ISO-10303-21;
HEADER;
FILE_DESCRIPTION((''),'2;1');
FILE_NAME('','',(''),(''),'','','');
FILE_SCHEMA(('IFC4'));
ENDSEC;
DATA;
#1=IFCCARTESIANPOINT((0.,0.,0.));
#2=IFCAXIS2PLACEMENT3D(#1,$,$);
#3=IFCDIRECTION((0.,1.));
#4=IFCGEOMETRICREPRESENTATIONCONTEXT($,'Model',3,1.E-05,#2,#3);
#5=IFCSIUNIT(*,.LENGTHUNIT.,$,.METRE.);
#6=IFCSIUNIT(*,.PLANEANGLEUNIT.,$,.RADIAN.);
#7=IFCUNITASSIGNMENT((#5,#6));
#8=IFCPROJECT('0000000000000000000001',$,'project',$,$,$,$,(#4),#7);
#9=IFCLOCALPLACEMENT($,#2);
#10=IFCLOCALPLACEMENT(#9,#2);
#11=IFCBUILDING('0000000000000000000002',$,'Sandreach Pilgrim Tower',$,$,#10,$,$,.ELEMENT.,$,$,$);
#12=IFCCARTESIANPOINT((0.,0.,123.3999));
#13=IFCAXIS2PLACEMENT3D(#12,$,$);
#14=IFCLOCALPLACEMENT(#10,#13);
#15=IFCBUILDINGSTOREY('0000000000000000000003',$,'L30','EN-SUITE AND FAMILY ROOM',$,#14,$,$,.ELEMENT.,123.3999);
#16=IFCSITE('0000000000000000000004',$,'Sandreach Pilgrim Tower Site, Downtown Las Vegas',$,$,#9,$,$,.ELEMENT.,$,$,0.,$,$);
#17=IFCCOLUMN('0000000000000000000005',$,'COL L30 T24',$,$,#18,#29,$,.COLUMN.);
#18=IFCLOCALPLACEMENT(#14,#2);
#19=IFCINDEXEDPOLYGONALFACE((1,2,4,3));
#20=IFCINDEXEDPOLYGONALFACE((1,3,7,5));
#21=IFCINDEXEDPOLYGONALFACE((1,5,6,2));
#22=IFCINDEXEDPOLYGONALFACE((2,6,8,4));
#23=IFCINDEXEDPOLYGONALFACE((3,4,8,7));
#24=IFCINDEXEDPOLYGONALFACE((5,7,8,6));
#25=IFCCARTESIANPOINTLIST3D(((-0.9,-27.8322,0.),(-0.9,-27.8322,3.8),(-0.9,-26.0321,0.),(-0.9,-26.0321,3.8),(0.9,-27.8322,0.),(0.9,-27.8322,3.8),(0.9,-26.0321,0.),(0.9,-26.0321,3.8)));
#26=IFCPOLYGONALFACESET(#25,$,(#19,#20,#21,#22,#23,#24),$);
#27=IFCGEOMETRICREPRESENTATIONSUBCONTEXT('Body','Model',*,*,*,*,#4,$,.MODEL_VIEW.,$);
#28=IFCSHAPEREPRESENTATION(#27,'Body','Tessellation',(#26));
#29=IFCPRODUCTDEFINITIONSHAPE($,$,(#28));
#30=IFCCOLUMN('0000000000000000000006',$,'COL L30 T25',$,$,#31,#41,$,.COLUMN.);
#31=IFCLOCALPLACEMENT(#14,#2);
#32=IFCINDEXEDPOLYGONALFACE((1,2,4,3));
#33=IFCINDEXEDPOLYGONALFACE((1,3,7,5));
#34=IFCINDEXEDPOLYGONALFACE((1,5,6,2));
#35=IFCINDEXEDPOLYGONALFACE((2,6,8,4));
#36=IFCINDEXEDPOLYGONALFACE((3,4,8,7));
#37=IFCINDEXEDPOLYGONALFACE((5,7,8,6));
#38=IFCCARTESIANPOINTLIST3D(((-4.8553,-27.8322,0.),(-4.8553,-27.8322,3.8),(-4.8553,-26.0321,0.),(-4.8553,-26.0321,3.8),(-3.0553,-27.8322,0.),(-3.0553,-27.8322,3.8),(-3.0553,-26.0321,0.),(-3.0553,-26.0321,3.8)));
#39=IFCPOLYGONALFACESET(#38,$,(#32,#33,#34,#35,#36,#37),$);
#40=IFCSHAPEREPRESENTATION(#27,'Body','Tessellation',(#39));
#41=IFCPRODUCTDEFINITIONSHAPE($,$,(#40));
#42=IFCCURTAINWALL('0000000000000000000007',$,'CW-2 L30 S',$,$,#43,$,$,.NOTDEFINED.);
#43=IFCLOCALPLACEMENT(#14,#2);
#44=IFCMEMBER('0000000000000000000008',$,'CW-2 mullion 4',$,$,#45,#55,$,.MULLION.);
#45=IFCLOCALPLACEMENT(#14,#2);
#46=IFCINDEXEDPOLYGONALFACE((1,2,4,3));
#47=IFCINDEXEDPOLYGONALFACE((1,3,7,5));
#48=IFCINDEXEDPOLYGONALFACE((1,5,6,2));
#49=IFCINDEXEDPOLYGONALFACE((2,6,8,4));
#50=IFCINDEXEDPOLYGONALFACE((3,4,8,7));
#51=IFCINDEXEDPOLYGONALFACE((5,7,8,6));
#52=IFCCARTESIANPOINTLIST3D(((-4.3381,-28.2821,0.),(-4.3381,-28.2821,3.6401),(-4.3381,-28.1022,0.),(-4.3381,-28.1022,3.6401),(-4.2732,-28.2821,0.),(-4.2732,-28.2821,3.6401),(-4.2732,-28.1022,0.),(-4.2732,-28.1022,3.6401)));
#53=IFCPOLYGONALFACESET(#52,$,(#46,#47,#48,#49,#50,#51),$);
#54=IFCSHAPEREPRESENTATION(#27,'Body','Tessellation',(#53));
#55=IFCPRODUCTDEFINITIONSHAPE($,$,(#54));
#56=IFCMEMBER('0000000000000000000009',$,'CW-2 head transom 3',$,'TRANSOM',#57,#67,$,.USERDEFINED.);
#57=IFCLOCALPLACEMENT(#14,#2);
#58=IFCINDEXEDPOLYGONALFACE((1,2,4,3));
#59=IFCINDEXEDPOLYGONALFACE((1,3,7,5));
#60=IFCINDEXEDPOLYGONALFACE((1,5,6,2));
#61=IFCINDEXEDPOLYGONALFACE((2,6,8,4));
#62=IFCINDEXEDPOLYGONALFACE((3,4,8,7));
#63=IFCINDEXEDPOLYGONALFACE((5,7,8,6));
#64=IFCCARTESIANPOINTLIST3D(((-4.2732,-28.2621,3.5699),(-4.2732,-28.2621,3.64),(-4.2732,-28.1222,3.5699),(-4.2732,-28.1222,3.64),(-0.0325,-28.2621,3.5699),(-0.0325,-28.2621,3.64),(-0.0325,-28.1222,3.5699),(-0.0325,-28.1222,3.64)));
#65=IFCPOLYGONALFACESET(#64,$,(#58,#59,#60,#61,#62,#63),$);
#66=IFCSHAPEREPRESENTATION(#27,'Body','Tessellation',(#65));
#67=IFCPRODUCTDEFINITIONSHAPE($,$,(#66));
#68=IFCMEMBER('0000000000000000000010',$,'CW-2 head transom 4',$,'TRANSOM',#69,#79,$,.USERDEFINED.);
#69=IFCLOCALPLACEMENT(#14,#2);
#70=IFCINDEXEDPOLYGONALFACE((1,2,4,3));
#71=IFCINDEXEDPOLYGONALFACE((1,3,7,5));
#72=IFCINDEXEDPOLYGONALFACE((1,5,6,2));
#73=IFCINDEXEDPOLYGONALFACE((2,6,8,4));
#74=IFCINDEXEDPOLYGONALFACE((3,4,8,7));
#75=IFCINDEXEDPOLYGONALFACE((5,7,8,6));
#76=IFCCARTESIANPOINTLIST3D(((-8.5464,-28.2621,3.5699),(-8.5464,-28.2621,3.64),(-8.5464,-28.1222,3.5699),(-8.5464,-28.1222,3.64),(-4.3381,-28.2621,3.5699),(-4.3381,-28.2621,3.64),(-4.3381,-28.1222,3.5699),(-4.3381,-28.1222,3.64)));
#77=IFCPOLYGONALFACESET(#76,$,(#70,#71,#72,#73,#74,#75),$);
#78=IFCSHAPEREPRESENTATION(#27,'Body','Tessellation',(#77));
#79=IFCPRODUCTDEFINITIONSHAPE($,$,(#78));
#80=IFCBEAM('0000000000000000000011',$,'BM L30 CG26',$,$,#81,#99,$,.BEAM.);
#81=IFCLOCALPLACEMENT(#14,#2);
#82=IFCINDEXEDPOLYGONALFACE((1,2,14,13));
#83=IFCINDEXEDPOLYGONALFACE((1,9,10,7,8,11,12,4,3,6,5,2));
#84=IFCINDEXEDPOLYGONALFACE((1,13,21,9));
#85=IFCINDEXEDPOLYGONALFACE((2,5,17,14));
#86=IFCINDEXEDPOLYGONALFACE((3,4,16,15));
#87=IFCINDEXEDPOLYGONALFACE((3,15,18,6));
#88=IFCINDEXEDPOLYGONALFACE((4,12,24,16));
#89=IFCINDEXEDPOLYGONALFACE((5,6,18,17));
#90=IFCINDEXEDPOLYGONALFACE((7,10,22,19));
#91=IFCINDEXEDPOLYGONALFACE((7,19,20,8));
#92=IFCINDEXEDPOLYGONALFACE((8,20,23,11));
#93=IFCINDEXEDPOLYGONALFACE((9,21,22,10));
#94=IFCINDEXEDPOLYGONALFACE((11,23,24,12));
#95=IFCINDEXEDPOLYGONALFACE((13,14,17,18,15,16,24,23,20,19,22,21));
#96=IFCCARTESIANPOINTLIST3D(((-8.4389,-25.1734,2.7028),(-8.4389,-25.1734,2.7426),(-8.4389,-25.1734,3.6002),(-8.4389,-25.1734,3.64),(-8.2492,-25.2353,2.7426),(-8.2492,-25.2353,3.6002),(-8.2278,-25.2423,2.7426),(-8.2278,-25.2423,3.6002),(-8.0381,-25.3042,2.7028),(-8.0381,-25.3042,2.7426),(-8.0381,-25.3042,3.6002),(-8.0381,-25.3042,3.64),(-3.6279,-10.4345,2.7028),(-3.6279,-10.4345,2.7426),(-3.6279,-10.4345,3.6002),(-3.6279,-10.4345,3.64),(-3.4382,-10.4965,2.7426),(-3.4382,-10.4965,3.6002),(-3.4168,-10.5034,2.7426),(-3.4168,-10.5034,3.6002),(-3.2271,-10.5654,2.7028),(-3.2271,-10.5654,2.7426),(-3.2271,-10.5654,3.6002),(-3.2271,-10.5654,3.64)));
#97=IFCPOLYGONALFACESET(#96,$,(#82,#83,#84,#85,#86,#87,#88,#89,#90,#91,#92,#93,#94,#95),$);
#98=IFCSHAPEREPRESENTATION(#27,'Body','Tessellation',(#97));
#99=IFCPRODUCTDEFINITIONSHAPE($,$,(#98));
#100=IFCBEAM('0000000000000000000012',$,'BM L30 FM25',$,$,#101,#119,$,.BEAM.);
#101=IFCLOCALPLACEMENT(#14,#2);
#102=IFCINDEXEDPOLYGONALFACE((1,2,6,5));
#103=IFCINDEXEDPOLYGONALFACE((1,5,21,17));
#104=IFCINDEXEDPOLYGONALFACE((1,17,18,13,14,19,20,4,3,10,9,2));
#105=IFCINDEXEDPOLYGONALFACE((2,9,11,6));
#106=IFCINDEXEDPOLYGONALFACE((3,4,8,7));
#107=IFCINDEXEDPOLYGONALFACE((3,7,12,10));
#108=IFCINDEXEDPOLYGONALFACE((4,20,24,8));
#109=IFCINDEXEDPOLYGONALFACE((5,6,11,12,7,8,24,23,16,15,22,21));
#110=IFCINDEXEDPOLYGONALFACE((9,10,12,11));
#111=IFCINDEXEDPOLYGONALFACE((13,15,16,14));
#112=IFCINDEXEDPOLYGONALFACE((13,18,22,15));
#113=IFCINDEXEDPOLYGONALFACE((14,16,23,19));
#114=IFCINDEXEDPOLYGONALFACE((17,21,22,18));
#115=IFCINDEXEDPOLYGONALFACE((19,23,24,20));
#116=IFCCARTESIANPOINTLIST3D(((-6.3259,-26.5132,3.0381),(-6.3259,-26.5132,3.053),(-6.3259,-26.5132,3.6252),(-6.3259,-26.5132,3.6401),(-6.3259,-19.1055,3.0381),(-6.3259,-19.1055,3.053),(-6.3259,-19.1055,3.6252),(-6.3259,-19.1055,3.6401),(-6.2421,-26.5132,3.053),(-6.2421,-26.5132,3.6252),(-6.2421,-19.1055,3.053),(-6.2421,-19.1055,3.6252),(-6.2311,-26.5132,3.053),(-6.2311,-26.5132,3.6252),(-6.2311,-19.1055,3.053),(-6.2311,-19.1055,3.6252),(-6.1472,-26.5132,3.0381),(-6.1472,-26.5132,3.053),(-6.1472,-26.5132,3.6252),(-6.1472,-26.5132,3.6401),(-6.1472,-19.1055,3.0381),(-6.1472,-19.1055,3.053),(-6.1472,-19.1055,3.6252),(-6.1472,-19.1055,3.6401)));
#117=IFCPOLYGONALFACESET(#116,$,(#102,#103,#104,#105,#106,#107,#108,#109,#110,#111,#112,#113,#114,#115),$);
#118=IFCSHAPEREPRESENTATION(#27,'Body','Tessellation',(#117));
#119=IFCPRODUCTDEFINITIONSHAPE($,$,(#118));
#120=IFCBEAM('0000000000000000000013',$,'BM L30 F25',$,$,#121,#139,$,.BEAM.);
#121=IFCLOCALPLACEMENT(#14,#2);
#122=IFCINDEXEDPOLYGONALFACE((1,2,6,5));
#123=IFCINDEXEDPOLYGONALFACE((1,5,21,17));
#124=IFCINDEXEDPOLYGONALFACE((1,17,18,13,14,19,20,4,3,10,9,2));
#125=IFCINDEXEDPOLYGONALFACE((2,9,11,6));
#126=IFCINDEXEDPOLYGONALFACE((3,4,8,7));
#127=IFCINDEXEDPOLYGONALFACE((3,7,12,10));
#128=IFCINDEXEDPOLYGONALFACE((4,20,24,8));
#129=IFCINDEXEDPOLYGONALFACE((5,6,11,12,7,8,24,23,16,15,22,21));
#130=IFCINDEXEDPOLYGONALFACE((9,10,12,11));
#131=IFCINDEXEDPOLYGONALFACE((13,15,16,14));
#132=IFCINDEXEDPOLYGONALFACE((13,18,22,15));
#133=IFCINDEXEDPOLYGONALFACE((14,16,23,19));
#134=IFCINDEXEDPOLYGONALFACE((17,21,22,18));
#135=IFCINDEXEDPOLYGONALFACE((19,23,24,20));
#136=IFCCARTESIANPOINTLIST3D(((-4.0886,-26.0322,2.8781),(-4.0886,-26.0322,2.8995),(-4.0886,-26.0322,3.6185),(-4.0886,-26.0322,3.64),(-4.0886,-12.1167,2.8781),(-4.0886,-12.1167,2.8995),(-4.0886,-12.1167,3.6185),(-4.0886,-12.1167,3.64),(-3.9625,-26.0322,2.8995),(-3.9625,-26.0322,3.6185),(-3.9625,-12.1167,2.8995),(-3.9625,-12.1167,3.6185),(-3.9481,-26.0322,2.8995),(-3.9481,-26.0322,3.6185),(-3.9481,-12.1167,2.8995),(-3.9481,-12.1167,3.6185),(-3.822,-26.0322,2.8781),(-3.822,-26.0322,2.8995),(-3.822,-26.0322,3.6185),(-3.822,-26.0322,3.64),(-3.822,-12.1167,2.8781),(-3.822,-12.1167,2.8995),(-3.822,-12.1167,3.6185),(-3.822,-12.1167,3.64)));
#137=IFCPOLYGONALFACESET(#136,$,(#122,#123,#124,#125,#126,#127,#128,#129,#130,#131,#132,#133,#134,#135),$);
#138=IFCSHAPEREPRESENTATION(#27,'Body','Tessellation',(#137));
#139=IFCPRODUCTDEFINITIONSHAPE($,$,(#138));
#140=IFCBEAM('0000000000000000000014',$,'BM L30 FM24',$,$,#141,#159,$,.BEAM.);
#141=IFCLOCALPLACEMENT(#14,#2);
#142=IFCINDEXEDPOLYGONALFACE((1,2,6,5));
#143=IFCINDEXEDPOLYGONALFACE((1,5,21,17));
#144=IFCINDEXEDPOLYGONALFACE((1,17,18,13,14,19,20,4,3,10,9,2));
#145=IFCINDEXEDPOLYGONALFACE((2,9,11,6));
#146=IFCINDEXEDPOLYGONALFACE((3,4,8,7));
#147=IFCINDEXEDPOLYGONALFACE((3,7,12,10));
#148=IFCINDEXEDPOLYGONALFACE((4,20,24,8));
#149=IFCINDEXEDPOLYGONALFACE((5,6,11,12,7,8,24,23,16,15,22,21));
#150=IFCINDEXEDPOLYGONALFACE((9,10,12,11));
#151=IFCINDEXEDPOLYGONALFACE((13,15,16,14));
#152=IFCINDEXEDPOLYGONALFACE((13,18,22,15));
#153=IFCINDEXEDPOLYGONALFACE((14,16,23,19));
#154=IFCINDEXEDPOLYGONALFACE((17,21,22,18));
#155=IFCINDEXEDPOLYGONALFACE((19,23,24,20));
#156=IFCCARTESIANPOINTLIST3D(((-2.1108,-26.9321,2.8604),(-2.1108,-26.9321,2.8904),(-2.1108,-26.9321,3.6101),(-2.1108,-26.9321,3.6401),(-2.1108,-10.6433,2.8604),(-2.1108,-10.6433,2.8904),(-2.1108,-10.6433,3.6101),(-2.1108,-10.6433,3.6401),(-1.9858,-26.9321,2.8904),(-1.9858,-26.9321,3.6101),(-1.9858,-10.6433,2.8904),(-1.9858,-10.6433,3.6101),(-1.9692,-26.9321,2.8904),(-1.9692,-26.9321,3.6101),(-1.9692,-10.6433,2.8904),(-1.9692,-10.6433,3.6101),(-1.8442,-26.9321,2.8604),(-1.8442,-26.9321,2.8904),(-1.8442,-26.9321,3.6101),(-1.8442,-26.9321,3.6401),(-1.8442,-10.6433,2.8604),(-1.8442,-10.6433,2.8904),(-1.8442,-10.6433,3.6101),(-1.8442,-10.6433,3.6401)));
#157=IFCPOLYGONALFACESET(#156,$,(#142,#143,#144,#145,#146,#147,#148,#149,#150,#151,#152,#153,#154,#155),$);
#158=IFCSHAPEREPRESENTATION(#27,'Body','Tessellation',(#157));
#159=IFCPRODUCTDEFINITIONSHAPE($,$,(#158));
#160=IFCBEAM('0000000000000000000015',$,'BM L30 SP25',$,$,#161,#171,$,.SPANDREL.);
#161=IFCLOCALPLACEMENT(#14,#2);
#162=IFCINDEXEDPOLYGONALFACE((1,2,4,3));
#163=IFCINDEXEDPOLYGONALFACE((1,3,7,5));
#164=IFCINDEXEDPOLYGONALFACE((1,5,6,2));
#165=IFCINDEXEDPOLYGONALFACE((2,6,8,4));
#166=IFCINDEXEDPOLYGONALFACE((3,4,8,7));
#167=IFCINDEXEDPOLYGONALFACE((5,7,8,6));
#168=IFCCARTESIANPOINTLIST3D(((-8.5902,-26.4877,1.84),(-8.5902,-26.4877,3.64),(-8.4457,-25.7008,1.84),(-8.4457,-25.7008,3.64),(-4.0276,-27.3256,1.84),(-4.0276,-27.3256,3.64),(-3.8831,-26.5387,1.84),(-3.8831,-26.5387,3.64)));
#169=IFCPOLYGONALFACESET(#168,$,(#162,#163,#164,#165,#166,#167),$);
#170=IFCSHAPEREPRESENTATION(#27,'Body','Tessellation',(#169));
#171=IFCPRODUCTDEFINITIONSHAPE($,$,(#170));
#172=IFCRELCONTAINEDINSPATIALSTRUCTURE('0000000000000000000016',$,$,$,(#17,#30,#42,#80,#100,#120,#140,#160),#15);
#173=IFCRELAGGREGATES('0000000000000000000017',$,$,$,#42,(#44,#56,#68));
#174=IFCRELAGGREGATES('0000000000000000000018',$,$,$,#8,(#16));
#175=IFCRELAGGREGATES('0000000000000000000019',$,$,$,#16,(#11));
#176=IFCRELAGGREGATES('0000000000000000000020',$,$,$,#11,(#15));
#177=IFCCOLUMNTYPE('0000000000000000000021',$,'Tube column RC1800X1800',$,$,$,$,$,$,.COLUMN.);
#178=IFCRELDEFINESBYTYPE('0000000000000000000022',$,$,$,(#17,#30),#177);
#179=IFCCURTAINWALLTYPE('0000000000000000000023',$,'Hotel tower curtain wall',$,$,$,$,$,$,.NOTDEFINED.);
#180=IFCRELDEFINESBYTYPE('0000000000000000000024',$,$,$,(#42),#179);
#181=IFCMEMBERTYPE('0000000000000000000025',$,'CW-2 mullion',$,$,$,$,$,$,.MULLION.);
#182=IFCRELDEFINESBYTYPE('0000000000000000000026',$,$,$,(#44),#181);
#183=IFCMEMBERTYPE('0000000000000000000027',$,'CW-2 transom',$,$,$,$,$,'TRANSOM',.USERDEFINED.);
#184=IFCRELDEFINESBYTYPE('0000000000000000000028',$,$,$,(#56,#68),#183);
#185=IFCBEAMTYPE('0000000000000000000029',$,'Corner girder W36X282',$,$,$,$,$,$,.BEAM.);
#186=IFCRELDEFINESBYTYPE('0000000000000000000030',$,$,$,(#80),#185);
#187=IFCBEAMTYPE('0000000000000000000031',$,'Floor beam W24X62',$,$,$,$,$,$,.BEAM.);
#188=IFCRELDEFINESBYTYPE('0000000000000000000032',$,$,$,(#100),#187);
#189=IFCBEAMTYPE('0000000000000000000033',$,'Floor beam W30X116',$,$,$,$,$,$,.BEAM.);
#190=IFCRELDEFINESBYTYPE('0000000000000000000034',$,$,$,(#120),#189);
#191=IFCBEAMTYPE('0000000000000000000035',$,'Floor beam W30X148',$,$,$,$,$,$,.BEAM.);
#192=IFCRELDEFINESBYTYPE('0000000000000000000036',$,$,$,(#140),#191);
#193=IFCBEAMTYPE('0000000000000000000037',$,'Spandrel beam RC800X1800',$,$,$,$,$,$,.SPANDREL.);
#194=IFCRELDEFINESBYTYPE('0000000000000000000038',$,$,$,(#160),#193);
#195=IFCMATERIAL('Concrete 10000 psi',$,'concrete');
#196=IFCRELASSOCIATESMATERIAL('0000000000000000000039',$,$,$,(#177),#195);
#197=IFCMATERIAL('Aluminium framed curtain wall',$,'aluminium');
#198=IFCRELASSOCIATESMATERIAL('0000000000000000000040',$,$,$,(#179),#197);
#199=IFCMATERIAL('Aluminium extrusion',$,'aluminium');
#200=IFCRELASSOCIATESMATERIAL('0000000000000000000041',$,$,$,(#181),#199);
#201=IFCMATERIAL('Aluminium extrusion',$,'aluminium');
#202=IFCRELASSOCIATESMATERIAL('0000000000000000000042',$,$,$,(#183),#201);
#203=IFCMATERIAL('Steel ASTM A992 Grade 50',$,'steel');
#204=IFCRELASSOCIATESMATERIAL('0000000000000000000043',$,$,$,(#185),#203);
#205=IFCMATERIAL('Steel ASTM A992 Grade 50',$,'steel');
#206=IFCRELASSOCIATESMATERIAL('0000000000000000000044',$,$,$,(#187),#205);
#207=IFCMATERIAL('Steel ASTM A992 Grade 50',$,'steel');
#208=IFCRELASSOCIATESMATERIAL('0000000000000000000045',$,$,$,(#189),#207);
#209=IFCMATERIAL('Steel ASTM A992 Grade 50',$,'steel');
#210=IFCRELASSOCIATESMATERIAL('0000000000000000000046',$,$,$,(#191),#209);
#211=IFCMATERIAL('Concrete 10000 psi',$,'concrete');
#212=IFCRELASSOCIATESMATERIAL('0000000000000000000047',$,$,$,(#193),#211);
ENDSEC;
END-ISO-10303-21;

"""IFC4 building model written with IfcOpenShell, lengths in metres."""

from ifc_helpers import new_model, si_unit, direction, frame, origin, origin_2d, place, context, subcontext, project, spatial, rectangle, i_section, extrude, material, material_profile, profile_set, type_object, element, aggregate, save


model = new_model("IFC4")

# Units and contexts
model_context = context("Model", 3, precision=1e-05, world=origin(), true_north=direction((0.0, 1.0)))
body_context = subcontext(model_context, "Body", "Model", "MODEL_VIEW")
ifc_project = project(units=[si_unit("LENGTHUNIT", "METRE"), si_unit("PLANEANGLEUNIT", "RADIAN")], contexts=[model_context])

# Site, building, storey
site_placement = place(None, origin())
site = spatial("IfcSite", under=ifc_project, at=site_placement, Name="Sandreach Pilgrim Tower Site, Downtown Las Vegas", CompositionType="ELEMENT", RefElevation=0.0)
building_placement = place(site_placement, origin())
building = spatial("IfcBuilding", under=site, at=building_placement, Name="Sandreach Pilgrim Tower", CompositionType="ELEMENT")
storey_placement = place(building_placement, frame((0.0, 0.0, 123.3999)))
storey = spatial("IfcBuildingStorey", under=building, at=storey_placement, Name="L30", Description="EN-SUITE AND FAMILY ROOM", CompositionType="ELEMENT", Elevation=123.3999)

# Columns
ifc_material_1 = material(Name="Concrete 10000 psi", Category="concrete")
ifc_material_profile_1 = material_profile(ifc_material_1, rectangle(XDim=1.8, YDim=1.8, at=origin_2d()), Name="RC1800X1800")
ifc_profile_set_1 = profile_set([ifc_material_profile_1], Name="Concrete 10000 psi")
column_type = type_object("IfcColumnType", Name="Tube column RC1800X1800", PredefinedType="COLUMN", material=ifc_profile_set_1)
for number, where, z_axis, x_axis, name in (
    (1, (0.0, -26.9321, 0.0), (0.0, 0.0, 1.0), (0.0, -1.0, 0.0), "COL L30 T24"),
    (2, (-3.9553, -26.9321, 0.0), (0.0, 0.0, 1.0), (0.0, -1.0, 0.0), "COL L30 T25"),
):
    element("IfcColumn", number, at=place(storey_placement, frame(where, z_axis=z_axis, x_axis=x_axis)), inside=storey, type_object=column_type, Name=name, PredefinedType="COLUMN", context=body_context, shape_type="SweptSolid", body=[
        extrude(rectangle(XDim=1.8, YDim=1.8, at=origin_2d()), origin(), (0.0, 0.0, 1.0), 3.8),
    ])

# Curtain wall, members
ifc_material_2 = material(Name="Aluminium framed curtain wall", Category="aluminium")
curtain_wall_type = type_object("IfcCurtainWallType", Name="Hotel tower curtain wall", PredefinedType="NOTDEFINED", material=ifc_material_2)
curtain_wall_placement = place(storey_placement, origin())
curtain_wall = element("IfcCurtainWall", 3, at=curtain_wall_placement, inside=storey, type_object=curtain_wall_type, Name="CW-2 L30 S", PredefinedType="NOTDEFINED")
ifc_material_3 = material(Name="Aluminium extrusion", Category="aluminium")
ifc_material_profile_2 = material_profile(ifc_material_3, rectangle(XDim=0.0649, YDim=0.1799, at=origin_2d()), Name="CW-2M 65X180")
ifc_profile_set_2 = profile_set([ifc_material_profile_2], Name="Aluminium extrusion")
member_type_1 = type_object("IfcMemberType", Name="CW-2 mullion", PredefinedType="MULLION", material=ifc_profile_set_2)
member_1_placement = place(storey_placement, frame((-4.3057, -28.1921, 0.0), z_axis=(0.0, 0.0, 1.0), x_axis=(-1.0, 0.0, 0.0)))
member_1 = element("IfcMember", 4, at=member_1_placement, type_object=member_type_1, Name="CW-2 mullion 4", PredefinedType="MULLION", context=body_context, shape_type="SweptSolid", body=[
    extrude(rectangle(XDim=0.0649, YDim=0.1799, at=origin_2d()), origin(), (0.0, 0.0, 1.0), 3.6401),
])
ifc_material_4 = material(Name="Aluminium extrusion", Category="aluminium")
ifc_material_profile_3 = material_profile(ifc_material_4, rectangle(XDim=0.1399, YDim=0.0701, at=origin_2d()), Name="CW-2T 140X70")
ifc_profile_set_3 = profile_set([ifc_material_profile_3], Name="Aluminium extrusion")
member_type_2 = type_object("IfcMemberType", Name="CW-2 transom", ElementType="TRANSOM", PredefinedType="USERDEFINED", material=ifc_profile_set_3)
member_2_placement = place(storey_placement, frame((-0.0325, -28.1921, 3.605), z_axis=(-1.0, 0.0, 0.0), x_axis=(0.0, -1.0, 0.0)))
member_2 = element("IfcMember", 5, at=member_2_placement, type_object=member_type_2, Name="CW-2 head transom 3", ObjectType="TRANSOM", PredefinedType="USERDEFINED", context=body_context, shape_type="SweptSolid", body=[
    extrude(rectangle(XDim=0.1399, YDim=0.0701, at=origin_2d()), origin(), (0.0, 0.0, 1.0), 4.2407),
])
member_3_placement = place(storey_placement, frame((-4.3381, -28.1921, 3.605), z_axis=(-1.0, 0.0, 0.0), x_axis=(0.0, -1.0, 0.0)))
member_3 = element("IfcMember", 6, at=member_3_placement, type_object=member_type_2, Name="CW-2 head transom 4", ObjectType="TRANSOM", PredefinedType="USERDEFINED", context=body_context, shape_type="SweptSolid", body=[
    extrude(rectangle(XDim=0.1399, YDim=0.0701, at=origin_2d()), origin(), (0.0, 0.0, 1.0), 4.2083),
])

# Beams
ifc_material_5 = material(Name="Steel ASTM A992 Grade 50", Category="steel")
ifc_material_profile_4 = material_profile(ifc_material_5, i_section(OverallWidth=0.4216, OverallDepth=0.9373, WebThickness=0.0225, FlangeThickness=0.0398, at=origin_2d()), Name="W36X282")
ifc_profile_set_4 = profile_set([ifc_material_profile_4], Name="Steel ASTM A992 Grade 50")
beam_type_1 = type_object("IfcBeamType", Name="Corner girder W36X282", PredefinedType="BEAM", material=ifc_profile_set_4)
beam_1_placement = place(storey_placement, frame((-8.2385, -25.2388, 3.1714), z_axis=(0.310307, 0.950636, 0.0), x_axis=(-0.950636, 0.310307, 0.0)))
element("IfcBeam", 7, at=beam_1_placement, inside=storey, type_object=beam_type_1, Name="BM L30 CG26", PredefinedType="BEAM", context=body_context, shape_type="SweptSolid", body=[
    extrude(i_section(OverallWidth=0.4216, OverallDepth=0.9373, WebThickness=0.0225, FlangeThickness=0.0398, at=origin_2d()), origin(), (0.0, 0.0, 1.0), 15.5042),
])
ifc_material_6 = material(Name="Steel ASTM A992 Grade 50", Category="steel")
ifc_material_profile_5 = material_profile(ifc_material_6, i_section(OverallWidth=0.1787, OverallDepth=0.6021, WebThickness=0.011, FlangeThickness=0.0149, at=origin_2d()), Name="W24X62")
ifc_profile_set_5 = profile_set([ifc_material_profile_5], Name="Steel ASTM A992 Grade 50")
beam_type_2 = type_object("IfcBeamType", Name="Floor beam W24X62", PredefinedType="BEAM", material=ifc_profile_set_5)
beam_2_placement = place(storey_placement, frame((-6.2366, -26.5132, 3.3391), z_axis=(0.0, 1.0, 0.0), x_axis=(-1.0, 0.0, 0.0)))
element("IfcBeam", 8, at=beam_2_placement, inside=storey, type_object=beam_type_2, Name="BM L30 FM25", PredefinedType="BEAM", context=body_context, shape_type="SweptSolid", body=[
    extrude(i_section(OverallWidth=0.1787, OverallDepth=0.6021, WebThickness=0.011, FlangeThickness=0.0149, at=origin_2d()), origin(), (0.0, 0.0, 1.0), 7.4077),
])
ifc_material_7 = material(Name="Steel ASTM A992 Grade 50", Category="steel")
ifc_material_profile_6 = material_profile(ifc_material_7, i_section(OverallWidth=0.2666, OverallDepth=0.762, WebThickness=0.0144, FlangeThickness=0.0215, at=origin_2d()), Name="W30X116")
ifc_profile_set_6 = profile_set([ifc_material_profile_6], Name="Steel ASTM A992 Grade 50")
beam_type_3 = type_object("IfcBeamType", Name="Floor beam W30X116", PredefinedType="BEAM", material=ifc_profile_set_6)
beam_3_placement = place(storey_placement, frame((-3.9553, -26.0322, 3.259), z_axis=(0.0, 1.0, 0.0), x_axis=(-1.0, 0.0, 0.0)))
element("IfcBeam", 9, at=beam_3_placement, inside=storey, type_object=beam_type_3, Name="BM L30 F25", PredefinedType="BEAM", context=body_context, shape_type="SweptSolid", body=[
    extrude(i_section(OverallWidth=0.2666, OverallDepth=0.762, WebThickness=0.0144, FlangeThickness=0.0215, at=origin_2d()), origin(), (0.0, 0.0, 1.0), 13.9155),
])
ifc_material_8 = material(Name="Steel ASTM A992 Grade 50", Category="steel")
ifc_material_profile_7 = material_profile(ifc_material_8, i_section(OverallWidth=0.2666, OverallDepth=0.7798, WebThickness=0.0166, FlangeThickness=0.03, at=origin_2d()), Name="W30X148")
ifc_profile_set_7 = profile_set([ifc_material_profile_7], Name="Steel ASTM A992 Grade 50")
beam_type_4 = type_object("IfcBeamType", Name="Floor beam W30X148", PredefinedType="BEAM", material=ifc_profile_set_7)
beam_4_placement = place(storey_placement, frame((-1.9775, -26.9321, 3.2502), z_axis=(0.0, 1.0, 0.0), x_axis=(-1.0, 0.0, 0.0)))
element("IfcBeam", 10, at=beam_4_placement, inside=storey, type_object=beam_type_4, Name="BM L30 FM24", PredefinedType="BEAM", context=body_context, shape_type="SweptSolid", body=[
    extrude(i_section(OverallWidth=0.2666, OverallDepth=0.7798, WebThickness=0.0166, FlangeThickness=0.03, at=origin_2d()), origin(), (0.0, 0.0, 1.0), 16.2888),
])
ifc_material_9 = material(Name="Concrete 10000 psi", Category="concrete")
ifc_material_profile_8 = material_profile(ifc_material_9, rectangle(XDim=0.8, YDim=1.8, at=origin_2d()), Name="RC800X1800")
ifc_profile_set_8 = profile_set([ifc_material_profile_8], Name="Concrete 10000 psi")
beam_type_5 = type_object("IfcBeamType", Name="Spandrel beam RC800X1800", PredefinedType="SPANDREL", material=ifc_profile_set_8)
beam_5_placement = place(storey_placement, frame((-3.9553, -26.9321, 2.74), z_axis=(-0.983552, 0.180627, 0.0), x_axis=(-0.180627, -0.983552, 0.0)))
element("IfcBeam", 11, at=beam_5_placement, inside=storey, type_object=beam_type_5, Name="BM L30 SP25", PredefinedType="SPANDREL", context=body_context, shape_type="SweptSolid", body=[
    extrude(rectangle(XDim=0.8, YDim=1.8, at=origin_2d()), origin(), (0.0, 0.0, 1.0), 4.6389),
])

aggregate(curtain_wall, [member_1, member_2, member_3])

save(model, "model.ifc")
